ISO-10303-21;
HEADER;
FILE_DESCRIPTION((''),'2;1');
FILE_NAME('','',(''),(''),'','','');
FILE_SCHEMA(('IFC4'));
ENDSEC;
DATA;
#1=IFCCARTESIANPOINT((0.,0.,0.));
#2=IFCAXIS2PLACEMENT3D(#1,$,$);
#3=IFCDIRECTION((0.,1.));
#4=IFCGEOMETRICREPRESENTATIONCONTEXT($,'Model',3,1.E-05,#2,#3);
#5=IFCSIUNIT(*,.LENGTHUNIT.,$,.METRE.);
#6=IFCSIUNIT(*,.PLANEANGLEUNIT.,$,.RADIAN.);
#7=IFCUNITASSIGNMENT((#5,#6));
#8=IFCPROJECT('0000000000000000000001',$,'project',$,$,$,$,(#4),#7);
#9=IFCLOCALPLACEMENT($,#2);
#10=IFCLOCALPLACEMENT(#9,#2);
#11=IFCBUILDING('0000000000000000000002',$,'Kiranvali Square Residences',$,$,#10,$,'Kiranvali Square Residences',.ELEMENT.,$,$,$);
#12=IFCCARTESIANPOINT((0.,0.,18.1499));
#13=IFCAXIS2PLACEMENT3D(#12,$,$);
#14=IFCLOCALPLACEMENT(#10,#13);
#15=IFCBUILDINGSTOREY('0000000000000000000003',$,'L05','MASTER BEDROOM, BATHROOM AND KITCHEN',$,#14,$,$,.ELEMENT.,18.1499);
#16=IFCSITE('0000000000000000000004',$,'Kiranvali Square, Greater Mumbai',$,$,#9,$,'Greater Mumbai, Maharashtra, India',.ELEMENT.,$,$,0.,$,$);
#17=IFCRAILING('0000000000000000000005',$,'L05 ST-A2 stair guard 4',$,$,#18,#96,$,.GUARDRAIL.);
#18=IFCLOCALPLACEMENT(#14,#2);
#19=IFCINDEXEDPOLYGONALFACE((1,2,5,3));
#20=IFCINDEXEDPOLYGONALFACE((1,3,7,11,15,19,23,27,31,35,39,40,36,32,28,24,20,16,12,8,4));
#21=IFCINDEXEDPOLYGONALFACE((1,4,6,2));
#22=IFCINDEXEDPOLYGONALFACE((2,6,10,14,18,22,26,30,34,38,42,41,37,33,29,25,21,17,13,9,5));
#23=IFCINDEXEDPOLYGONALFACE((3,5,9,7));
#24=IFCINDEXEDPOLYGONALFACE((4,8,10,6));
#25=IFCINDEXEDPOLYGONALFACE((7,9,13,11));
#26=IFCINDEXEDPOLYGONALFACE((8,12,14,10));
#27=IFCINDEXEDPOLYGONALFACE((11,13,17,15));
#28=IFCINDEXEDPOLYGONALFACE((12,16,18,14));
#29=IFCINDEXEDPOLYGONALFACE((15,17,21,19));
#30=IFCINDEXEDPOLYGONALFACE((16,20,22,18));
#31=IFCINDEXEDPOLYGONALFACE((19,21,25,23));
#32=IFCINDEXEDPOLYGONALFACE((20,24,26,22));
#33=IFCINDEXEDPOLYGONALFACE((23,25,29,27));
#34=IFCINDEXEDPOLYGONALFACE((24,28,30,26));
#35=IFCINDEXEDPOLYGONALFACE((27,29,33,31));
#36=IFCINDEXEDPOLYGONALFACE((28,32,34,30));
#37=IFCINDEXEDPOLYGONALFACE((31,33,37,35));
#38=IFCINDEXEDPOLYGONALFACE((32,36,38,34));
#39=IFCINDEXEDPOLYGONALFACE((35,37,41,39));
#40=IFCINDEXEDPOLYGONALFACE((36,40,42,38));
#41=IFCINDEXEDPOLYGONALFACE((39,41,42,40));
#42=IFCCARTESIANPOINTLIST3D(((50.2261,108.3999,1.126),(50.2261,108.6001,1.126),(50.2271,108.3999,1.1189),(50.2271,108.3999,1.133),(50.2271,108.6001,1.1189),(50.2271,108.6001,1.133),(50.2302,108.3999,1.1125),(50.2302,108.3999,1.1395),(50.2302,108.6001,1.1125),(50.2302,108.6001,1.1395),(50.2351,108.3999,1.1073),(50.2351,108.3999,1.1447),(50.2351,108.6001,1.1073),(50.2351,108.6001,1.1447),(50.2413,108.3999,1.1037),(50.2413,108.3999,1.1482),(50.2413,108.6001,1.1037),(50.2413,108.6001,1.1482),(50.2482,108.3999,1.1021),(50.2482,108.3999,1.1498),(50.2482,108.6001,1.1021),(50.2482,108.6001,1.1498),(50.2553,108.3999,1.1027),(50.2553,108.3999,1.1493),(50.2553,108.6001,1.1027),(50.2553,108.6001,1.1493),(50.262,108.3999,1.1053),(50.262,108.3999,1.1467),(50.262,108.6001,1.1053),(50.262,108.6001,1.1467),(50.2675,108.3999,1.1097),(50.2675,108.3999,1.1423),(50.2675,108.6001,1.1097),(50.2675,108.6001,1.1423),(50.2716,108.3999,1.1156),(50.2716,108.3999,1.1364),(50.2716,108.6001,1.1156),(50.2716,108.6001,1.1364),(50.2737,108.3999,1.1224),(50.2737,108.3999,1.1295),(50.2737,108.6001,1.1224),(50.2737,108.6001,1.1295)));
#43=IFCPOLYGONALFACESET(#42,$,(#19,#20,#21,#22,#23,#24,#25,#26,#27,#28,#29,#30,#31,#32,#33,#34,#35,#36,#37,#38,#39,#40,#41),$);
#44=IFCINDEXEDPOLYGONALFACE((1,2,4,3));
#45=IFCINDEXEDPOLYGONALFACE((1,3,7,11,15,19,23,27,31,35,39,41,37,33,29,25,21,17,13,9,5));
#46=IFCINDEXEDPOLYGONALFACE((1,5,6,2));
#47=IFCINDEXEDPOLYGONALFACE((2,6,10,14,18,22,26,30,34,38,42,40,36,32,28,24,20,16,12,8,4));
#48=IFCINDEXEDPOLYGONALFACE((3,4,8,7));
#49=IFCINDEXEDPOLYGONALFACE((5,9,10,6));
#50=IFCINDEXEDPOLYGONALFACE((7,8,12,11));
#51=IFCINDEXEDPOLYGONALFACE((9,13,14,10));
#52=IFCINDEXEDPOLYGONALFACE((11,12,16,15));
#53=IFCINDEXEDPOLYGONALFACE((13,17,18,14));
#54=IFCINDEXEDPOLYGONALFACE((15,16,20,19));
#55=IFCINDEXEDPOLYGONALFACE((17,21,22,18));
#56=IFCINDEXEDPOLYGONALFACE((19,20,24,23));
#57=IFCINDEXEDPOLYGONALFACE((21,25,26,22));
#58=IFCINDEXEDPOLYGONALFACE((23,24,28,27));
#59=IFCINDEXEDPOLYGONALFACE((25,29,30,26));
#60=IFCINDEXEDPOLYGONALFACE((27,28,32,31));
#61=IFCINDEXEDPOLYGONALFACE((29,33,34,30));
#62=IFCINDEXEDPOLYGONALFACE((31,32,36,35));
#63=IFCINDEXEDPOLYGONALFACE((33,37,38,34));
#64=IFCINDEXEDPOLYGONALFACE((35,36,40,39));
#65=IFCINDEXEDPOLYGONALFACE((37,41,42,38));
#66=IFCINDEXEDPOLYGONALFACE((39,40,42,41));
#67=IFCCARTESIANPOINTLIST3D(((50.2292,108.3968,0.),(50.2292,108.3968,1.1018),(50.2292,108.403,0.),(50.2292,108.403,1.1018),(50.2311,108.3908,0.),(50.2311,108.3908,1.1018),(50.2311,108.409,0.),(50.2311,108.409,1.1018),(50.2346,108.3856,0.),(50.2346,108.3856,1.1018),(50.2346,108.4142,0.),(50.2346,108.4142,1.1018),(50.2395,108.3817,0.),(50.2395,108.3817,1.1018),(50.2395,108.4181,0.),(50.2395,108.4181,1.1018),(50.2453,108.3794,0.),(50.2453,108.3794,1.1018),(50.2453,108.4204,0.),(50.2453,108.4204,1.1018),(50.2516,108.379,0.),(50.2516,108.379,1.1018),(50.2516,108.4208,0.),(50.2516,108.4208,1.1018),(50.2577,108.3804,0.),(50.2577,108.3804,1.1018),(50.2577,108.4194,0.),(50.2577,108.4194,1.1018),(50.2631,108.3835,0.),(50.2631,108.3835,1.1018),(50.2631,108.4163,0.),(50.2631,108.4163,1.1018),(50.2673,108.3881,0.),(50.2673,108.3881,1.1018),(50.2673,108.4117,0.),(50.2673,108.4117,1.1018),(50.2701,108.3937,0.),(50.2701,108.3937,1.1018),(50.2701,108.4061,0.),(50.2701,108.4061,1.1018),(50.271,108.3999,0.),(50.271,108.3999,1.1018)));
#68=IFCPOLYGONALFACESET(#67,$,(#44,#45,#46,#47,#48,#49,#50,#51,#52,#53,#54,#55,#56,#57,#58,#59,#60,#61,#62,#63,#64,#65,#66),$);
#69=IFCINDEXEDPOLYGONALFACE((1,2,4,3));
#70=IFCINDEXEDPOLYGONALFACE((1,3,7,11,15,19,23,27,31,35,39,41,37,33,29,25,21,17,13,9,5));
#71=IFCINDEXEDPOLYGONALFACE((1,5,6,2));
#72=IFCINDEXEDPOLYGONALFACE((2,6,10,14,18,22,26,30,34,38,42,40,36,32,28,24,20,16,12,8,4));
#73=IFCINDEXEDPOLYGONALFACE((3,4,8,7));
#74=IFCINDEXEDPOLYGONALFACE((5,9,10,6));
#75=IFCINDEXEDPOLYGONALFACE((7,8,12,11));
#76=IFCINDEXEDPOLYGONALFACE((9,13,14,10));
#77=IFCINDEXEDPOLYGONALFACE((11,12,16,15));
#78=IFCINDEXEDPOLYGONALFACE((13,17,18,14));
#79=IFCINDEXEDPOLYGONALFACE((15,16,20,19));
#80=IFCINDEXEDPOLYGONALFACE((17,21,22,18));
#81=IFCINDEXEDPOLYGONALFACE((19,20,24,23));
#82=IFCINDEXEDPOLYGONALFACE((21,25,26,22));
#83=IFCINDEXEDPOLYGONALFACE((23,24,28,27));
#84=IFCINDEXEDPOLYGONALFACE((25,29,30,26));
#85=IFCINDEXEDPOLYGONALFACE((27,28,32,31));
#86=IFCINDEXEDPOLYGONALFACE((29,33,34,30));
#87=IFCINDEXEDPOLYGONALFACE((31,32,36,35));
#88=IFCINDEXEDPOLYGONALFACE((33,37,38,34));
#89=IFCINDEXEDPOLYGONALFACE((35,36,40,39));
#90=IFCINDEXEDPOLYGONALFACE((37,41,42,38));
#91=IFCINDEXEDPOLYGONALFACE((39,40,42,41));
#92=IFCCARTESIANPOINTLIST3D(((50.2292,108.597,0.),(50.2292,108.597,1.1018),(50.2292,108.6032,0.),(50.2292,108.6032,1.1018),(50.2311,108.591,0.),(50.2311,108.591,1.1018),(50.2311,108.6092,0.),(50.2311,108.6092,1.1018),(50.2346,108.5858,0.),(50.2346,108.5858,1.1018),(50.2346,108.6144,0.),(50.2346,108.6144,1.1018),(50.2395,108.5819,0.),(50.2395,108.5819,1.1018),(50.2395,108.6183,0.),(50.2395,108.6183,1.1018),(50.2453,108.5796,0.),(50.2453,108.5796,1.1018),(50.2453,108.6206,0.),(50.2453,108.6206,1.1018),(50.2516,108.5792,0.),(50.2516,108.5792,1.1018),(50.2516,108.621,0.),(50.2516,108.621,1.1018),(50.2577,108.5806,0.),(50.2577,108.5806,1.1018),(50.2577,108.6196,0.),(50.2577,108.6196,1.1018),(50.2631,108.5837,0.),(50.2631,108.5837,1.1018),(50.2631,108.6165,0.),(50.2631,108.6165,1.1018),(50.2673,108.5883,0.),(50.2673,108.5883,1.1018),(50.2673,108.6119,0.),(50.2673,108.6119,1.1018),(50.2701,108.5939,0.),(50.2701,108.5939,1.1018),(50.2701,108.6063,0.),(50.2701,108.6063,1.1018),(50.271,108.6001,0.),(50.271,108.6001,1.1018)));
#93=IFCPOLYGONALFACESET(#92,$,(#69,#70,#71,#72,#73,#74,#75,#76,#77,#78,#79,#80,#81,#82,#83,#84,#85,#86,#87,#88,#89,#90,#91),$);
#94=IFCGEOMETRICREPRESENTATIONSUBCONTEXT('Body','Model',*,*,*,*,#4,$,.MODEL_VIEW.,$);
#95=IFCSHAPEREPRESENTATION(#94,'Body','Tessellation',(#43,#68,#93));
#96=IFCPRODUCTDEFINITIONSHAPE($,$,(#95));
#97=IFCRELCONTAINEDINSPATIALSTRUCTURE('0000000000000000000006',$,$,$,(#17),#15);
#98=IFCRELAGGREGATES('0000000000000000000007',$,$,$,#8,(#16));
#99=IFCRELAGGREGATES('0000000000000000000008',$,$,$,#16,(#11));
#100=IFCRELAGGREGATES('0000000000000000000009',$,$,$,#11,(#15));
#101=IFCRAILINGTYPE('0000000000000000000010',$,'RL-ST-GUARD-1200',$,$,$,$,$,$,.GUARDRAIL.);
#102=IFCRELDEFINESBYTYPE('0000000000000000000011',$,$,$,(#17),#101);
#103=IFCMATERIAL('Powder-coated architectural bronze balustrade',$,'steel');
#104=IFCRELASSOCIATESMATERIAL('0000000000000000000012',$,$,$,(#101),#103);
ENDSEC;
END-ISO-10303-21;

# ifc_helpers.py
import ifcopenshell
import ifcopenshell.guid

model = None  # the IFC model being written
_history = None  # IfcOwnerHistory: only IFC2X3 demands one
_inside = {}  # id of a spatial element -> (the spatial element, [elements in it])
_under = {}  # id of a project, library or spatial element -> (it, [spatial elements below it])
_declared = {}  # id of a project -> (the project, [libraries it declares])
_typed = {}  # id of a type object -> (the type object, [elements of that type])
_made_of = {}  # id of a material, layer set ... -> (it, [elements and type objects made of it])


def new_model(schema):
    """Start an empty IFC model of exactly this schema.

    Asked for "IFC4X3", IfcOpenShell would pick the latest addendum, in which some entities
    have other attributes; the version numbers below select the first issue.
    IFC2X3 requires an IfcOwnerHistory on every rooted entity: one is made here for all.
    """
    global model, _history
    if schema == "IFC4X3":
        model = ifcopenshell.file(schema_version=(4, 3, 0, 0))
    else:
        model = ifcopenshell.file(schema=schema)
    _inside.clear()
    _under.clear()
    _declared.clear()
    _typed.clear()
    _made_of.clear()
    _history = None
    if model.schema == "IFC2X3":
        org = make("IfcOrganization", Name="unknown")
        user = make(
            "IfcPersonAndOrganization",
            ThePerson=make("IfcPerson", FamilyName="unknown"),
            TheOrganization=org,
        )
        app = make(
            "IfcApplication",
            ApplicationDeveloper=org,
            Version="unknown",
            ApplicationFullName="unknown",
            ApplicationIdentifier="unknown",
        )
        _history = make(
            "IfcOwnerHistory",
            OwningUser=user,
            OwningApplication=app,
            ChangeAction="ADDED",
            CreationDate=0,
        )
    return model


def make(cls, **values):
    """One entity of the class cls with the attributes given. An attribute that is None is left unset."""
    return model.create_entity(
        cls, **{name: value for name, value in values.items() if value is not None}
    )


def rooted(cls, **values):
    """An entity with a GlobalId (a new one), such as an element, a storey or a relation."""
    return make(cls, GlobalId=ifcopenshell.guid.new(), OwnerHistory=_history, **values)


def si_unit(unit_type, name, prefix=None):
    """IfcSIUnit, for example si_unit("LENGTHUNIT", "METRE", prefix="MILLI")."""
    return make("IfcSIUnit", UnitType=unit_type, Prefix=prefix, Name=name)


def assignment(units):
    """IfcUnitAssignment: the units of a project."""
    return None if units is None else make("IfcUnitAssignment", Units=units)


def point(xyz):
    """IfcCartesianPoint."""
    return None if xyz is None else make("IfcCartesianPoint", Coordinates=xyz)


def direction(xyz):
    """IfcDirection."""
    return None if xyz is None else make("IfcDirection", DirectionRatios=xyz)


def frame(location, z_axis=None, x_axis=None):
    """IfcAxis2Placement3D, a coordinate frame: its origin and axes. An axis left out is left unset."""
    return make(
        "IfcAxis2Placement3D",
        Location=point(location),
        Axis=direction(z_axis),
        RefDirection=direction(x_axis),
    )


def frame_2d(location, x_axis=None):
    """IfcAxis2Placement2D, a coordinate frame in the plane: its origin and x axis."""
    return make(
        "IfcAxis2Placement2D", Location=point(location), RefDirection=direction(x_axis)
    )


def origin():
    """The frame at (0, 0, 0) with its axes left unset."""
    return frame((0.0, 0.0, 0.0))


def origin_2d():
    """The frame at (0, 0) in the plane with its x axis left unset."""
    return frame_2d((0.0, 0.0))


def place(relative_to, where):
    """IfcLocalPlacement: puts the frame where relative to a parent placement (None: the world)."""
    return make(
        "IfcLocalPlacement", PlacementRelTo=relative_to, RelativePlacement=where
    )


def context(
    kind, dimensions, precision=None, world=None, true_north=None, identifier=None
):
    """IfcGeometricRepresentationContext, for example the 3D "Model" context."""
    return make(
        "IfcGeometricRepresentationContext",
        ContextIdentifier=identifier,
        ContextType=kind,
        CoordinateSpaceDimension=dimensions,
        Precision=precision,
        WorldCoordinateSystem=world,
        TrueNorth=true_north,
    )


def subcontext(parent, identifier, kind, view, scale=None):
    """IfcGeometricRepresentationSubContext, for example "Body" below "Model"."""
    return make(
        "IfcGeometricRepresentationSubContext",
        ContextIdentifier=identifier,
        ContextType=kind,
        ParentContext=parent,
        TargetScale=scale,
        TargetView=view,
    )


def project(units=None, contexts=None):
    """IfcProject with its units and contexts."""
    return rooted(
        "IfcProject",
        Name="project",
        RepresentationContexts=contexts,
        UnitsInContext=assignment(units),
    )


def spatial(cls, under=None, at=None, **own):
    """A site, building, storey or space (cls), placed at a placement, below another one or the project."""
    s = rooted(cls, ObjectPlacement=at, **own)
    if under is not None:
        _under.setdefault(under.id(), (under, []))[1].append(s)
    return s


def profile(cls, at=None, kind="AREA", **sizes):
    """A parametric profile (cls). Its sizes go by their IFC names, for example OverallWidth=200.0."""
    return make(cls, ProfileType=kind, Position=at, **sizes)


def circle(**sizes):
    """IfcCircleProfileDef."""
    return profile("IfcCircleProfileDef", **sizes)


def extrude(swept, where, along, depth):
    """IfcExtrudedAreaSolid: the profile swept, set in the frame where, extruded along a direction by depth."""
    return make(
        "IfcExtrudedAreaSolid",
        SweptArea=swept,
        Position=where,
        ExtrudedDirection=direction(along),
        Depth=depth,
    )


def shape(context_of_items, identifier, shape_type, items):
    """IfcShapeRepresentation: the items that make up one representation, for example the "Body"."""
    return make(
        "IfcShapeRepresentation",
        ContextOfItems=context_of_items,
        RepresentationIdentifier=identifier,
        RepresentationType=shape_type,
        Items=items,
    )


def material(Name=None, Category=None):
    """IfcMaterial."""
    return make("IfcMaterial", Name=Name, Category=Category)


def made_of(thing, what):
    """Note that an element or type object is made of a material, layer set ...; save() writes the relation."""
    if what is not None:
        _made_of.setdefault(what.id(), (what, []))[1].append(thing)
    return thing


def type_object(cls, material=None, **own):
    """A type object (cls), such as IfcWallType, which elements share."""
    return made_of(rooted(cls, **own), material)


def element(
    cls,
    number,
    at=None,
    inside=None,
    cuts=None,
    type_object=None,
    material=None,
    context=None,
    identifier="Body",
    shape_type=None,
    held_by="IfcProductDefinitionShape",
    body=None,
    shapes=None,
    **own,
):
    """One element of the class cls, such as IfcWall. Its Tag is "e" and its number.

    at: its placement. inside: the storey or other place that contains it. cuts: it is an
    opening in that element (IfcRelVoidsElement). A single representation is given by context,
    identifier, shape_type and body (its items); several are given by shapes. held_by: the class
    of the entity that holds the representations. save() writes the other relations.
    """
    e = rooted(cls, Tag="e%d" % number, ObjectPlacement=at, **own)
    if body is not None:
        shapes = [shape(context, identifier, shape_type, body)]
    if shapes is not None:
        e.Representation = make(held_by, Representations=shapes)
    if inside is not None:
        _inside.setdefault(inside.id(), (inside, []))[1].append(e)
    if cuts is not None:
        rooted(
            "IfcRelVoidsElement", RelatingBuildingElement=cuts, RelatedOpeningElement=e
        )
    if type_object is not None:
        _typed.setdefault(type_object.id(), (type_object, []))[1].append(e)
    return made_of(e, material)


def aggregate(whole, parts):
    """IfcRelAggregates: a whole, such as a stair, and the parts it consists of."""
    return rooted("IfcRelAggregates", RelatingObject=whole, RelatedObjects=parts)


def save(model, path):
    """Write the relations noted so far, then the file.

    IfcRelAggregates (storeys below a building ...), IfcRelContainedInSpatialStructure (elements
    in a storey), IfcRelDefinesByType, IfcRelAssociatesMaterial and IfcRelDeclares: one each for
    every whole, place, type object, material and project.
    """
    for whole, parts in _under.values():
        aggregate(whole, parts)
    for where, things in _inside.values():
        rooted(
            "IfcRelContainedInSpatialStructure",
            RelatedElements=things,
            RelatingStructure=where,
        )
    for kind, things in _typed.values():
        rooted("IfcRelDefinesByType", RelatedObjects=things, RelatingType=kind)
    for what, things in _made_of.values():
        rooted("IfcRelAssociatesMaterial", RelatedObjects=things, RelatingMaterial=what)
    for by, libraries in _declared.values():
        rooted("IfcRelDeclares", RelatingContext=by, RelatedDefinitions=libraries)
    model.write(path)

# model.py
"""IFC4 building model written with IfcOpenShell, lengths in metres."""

from ifc_helpers import new_model, si_unit, direction, frame, origin, origin_2d, place, context, subcontext, project, spatial, circle, extrude, material, type_object, element, save


model = new_model("IFC4")

# Units and contexts
model_context = context("Model", 3, precision=1e-05, world=origin(), true_north=direction((0.0, 1.0)))
body_context = subcontext(model_context, "Body", "Model", "MODEL_VIEW")
ifc_project = project(units=[si_unit("LENGTHUNIT", "METRE"), si_unit("PLANEANGLEUNIT", "RADIAN")], contexts=[model_context])

# Site, building, storey
site_placement = place(None, origin())
site = spatial("IfcSite", under=ifc_project, at=site_placement, Name="Kiranvali Square, Greater Mumbai", LongName="Greater Mumbai, Maharashtra, India", CompositionType="ELEMENT", RefElevation=0.0)
building_placement = place(site_placement, origin())
building = spatial("IfcBuilding", under=site, at=building_placement, Name="Kiranvali Square Residences", LongName="Kiranvali Square Residences", CompositionType="ELEMENT")
storey_placement = place(building_placement, frame((0.0, 0.0, 18.1499)))
storey = spatial("IfcBuildingStorey", under=building, at=storey_placement, Name="L05", Description="MASTER BEDROOM, BATHROOM AND KITCHEN", CompositionType="ELEMENT", Elevation=18.1499)

# Railing
ifc_material_1 = material(Name="Powder-coated architectural bronze balustrade", Category="steel")
railing_type_1 = type_object("IfcRailingType", Name="RL-ST-GUARD-1200", PredefinedType="GUARDRAIL", material=ifc_material_1)
railing_1_placement = place(storey_placement, frame((50.25, 108.3999, 0.0)))
element("IfcRailing", 1, at=railing_1_placement, inside=storey, type_object=railing_type_1, Name="L05 ST-A2 stair guard 4", PredefinedType="GUARDRAIL", context=body_context, shape_type="SweptSolid", body=[
    extrude(circle(Radius=0.0239, at=origin_2d()), frame((0.0, 0.0, 1.126), z_axis=(0.0, 1.0, 0.0), x_axis=(-1.0, 0.0, 0.0)), (0.0, 0.0, 1.0), 0.2002),
    extrude(circle(Radius=0.021, at=origin_2d()), origin(), (0.0, 0.0, 1.0), 1.1018),
    extrude(circle(Radius=0.021, at=origin_2d()), frame((0.0, 0.2002, 0.0)), (0.0, 0.0, 1.0), 1.1018),
])

save(model, "model.ifc")
